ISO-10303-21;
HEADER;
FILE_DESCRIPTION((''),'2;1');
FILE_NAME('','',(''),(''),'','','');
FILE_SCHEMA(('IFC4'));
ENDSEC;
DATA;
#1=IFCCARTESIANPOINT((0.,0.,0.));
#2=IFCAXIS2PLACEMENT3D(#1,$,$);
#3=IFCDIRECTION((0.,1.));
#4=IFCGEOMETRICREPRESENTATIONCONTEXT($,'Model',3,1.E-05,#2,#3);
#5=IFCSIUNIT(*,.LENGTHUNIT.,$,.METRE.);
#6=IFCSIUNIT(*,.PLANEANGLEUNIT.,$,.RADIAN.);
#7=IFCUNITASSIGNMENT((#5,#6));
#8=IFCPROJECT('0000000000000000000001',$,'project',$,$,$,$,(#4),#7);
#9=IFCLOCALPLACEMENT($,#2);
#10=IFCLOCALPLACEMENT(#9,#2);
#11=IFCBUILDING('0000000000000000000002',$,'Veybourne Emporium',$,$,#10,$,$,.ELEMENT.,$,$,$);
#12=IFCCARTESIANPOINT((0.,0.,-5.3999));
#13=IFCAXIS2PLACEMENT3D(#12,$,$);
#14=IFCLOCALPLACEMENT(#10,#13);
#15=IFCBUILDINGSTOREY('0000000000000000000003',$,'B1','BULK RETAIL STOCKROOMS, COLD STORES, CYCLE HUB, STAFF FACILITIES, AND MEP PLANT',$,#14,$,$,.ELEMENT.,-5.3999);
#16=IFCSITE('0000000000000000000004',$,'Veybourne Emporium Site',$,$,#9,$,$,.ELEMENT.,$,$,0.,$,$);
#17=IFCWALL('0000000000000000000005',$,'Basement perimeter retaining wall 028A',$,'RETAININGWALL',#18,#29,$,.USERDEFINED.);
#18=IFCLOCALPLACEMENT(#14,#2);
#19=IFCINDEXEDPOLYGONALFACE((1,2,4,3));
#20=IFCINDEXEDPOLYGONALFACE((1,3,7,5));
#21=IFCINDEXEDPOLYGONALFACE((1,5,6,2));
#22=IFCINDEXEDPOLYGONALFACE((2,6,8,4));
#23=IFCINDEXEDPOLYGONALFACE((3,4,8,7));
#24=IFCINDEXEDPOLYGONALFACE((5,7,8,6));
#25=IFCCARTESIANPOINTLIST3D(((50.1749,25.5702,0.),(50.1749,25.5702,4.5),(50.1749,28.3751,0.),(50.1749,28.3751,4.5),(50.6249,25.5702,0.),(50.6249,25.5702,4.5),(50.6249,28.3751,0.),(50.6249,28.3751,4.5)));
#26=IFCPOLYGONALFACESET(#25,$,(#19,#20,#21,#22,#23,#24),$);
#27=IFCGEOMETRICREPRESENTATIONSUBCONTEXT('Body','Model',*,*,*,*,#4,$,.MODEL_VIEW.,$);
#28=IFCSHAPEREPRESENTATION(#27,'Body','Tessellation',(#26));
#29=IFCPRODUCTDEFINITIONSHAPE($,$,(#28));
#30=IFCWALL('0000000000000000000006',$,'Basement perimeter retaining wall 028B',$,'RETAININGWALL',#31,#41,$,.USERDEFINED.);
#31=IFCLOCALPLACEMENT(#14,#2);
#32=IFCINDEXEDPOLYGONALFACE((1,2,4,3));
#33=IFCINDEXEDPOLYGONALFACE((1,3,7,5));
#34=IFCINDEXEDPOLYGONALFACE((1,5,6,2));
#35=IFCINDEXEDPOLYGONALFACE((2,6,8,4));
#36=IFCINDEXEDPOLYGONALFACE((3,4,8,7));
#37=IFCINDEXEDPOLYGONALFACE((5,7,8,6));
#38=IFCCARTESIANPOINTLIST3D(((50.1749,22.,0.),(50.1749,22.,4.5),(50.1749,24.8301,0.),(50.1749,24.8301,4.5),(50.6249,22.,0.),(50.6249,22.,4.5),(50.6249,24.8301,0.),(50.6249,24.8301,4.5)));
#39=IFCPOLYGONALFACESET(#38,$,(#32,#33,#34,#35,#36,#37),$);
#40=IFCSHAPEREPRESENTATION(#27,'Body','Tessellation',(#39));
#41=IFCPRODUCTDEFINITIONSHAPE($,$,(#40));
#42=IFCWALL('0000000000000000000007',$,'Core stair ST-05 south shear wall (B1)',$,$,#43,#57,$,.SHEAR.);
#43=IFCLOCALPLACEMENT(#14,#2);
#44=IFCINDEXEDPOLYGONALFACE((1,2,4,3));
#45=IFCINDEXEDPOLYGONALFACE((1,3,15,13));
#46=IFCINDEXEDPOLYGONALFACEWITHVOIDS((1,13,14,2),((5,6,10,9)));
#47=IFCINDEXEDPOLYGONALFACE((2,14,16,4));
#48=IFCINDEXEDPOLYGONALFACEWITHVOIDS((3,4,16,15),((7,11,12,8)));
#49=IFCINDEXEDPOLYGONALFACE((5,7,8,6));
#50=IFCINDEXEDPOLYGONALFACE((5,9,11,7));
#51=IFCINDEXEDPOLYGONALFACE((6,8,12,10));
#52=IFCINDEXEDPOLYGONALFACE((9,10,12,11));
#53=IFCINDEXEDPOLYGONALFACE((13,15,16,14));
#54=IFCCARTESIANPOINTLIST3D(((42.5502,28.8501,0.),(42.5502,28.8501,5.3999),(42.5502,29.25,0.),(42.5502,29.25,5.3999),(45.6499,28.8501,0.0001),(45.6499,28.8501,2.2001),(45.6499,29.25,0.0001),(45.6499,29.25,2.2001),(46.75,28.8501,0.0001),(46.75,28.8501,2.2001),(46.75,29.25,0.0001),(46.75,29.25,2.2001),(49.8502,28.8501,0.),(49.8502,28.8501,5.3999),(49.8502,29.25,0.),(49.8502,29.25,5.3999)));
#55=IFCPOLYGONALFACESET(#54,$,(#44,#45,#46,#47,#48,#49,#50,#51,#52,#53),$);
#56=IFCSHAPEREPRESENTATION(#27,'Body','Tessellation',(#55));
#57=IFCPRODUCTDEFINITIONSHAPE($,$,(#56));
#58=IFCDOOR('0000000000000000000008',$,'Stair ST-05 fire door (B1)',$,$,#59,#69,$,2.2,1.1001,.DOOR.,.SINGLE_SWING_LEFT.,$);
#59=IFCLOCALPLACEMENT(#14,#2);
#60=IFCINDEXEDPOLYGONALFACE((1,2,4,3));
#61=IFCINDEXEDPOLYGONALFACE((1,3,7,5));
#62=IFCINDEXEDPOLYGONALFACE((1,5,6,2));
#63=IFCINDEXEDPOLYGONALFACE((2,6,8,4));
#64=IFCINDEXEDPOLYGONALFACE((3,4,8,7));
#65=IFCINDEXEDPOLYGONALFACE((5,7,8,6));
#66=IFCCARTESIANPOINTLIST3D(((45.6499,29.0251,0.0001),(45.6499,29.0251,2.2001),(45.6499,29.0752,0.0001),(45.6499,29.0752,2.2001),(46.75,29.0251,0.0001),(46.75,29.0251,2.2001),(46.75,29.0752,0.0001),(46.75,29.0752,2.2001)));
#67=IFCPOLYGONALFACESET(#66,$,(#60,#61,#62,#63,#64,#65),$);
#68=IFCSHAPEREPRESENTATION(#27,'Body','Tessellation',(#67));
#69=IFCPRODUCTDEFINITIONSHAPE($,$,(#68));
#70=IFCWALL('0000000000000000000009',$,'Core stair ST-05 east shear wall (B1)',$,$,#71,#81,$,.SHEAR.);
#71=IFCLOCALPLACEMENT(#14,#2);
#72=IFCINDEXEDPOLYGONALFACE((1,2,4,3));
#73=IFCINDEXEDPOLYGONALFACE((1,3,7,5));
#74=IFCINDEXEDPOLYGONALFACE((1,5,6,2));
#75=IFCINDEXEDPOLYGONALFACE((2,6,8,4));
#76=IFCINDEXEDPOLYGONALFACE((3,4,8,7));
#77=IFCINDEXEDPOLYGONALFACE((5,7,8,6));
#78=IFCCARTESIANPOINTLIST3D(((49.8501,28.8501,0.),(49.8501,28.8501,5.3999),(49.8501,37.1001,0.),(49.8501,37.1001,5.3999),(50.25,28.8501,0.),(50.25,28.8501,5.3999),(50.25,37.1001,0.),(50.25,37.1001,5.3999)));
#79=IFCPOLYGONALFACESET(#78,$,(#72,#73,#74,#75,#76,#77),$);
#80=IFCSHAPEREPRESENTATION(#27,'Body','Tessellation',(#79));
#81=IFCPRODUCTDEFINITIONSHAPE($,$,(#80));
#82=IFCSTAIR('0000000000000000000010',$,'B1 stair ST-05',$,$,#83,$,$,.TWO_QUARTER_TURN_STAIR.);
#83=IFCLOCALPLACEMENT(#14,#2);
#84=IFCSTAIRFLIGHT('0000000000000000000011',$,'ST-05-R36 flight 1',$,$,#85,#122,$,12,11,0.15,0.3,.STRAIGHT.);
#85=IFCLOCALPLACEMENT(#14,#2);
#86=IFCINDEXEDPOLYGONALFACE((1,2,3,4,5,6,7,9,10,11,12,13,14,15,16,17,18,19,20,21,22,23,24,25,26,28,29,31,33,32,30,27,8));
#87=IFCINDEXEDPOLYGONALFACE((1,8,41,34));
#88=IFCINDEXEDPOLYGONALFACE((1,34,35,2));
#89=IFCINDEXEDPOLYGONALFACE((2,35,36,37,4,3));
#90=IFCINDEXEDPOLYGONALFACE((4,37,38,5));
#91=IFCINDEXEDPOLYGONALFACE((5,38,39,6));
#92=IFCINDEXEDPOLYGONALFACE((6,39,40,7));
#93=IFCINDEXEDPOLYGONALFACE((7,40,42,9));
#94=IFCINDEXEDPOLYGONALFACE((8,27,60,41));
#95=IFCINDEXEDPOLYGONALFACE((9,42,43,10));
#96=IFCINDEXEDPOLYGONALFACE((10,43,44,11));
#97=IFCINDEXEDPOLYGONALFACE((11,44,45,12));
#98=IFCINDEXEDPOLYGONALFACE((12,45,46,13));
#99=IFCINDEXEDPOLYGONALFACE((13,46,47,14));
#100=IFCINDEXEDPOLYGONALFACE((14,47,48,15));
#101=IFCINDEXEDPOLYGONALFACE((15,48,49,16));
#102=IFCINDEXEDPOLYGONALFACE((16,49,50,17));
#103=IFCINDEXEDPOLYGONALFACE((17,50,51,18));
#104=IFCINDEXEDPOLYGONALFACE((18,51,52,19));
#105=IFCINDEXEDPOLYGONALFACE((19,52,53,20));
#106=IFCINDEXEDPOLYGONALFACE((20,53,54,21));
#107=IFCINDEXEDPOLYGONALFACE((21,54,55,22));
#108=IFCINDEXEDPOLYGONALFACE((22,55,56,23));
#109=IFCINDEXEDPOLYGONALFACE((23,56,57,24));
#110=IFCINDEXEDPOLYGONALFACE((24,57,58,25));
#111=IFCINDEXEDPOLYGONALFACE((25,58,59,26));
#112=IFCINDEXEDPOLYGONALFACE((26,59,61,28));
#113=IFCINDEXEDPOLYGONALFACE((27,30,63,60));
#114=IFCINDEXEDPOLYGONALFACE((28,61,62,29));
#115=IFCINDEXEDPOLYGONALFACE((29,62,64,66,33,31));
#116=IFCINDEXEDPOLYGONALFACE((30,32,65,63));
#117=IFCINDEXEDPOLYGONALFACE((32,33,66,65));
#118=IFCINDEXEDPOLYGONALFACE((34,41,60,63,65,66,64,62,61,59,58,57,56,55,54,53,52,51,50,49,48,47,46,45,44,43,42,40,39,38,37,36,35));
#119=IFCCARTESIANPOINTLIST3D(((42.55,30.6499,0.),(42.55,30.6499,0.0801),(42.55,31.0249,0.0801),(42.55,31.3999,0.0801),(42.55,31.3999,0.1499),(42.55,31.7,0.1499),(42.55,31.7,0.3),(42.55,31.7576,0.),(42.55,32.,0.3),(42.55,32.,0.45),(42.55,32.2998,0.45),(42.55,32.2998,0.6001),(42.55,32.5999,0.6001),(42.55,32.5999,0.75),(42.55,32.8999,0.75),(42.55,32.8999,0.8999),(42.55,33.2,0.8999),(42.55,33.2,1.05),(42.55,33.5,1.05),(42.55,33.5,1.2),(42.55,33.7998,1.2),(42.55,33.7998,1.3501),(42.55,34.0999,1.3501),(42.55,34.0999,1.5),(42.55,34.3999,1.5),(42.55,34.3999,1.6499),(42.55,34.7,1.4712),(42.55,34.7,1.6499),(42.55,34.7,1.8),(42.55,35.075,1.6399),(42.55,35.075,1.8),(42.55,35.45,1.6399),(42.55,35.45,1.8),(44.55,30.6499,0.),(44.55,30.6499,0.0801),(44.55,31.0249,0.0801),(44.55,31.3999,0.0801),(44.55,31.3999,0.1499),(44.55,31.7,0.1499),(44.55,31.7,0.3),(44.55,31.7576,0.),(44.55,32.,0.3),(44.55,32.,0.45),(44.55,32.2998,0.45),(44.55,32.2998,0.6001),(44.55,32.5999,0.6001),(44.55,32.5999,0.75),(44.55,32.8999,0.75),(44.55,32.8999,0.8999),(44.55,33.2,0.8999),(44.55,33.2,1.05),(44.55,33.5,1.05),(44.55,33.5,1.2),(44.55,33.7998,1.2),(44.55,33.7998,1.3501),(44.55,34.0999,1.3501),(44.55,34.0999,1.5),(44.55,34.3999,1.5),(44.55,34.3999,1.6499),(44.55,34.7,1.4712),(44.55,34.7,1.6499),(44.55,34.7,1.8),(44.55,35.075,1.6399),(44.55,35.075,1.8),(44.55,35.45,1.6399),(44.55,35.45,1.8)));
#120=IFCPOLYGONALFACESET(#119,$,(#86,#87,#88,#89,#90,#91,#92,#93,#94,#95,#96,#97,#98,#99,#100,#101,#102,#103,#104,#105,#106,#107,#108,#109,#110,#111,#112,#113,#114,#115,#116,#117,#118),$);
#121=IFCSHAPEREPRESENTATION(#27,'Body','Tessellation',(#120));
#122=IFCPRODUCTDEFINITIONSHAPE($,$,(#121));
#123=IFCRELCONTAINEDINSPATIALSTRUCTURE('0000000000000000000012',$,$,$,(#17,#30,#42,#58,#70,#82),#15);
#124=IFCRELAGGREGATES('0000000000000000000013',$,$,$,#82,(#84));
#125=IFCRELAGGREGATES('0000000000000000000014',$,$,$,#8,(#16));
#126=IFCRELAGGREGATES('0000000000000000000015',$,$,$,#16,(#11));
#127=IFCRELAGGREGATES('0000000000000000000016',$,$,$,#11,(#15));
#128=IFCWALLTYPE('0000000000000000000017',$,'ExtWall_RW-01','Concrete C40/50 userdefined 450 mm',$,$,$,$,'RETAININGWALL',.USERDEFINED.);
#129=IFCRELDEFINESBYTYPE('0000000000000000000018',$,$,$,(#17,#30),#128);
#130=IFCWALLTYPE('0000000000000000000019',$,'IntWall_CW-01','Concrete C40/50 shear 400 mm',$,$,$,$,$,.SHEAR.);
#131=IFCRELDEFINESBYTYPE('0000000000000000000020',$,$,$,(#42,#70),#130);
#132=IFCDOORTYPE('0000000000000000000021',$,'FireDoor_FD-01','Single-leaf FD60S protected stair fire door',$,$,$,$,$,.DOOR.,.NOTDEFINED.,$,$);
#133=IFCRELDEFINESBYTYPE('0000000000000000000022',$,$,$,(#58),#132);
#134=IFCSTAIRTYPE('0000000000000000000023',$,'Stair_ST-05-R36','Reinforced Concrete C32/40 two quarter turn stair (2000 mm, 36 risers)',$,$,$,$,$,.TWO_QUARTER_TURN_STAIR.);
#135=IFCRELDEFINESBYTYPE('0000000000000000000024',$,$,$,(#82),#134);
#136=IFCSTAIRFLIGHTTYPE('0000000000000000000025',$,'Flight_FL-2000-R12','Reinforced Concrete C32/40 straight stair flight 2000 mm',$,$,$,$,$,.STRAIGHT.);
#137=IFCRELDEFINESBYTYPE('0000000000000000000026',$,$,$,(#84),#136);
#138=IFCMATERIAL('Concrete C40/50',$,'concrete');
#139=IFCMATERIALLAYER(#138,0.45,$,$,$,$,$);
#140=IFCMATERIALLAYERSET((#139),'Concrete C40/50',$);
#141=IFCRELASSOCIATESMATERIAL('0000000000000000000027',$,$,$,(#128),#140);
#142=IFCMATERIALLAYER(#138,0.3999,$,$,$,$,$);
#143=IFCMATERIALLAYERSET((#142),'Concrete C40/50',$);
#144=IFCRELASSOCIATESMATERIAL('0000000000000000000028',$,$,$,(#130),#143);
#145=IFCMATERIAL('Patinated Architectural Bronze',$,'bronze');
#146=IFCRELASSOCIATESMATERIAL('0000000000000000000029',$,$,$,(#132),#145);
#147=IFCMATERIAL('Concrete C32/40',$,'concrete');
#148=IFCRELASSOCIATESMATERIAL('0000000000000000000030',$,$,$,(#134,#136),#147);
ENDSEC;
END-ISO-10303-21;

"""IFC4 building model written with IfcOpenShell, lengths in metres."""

from ifc_helpers import new_model, si_unit, direction, frame, frame_2d, origin, place, context, subcontext, project, spatial, polyline, rectangle, outline, extrude, material, layer, layer_set, type_object, element, fill, aggregate, save


model = new_model("IFC4")

# Units and contexts
model_context = context("Model", 3, precision=1e-05, world=origin(), true_north=direction((0.0, 1.0)))
body_context = subcontext(model_context, "Body", "Model", "MODEL_VIEW")
ifc_project = project(units=[si_unit("LENGTHUNIT", "METRE"), si_unit("PLANEANGLEUNIT", "RADIAN")], contexts=[model_context])

# Site, building, storey
site_placement = place(None, origin())
site = spatial("IfcSite", under=ifc_project, at=site_placement, Name="Veybourne Emporium Site", CompositionType="ELEMENT", RefElevation=0.0)
building_placement = place(site_placement, origin())
building = spatial("IfcBuilding", under=site, at=building_placement, Name="Veybourne Emporium", CompositionType="ELEMENT")
storey_placement = place(building_placement, frame((0.0, 0.0, -5.3999)))
storey = spatial("IfcBuildingStorey", under=building, at=storey_placement, Name="B1", Description="BULK RETAIL STOCKROOMS, COLD STORES, CYCLE HUB, STAFF FACILITIES, AND MEP PLANT", CompositionType="ELEMENT", Elevation=-5.3999)

# Shared definitions
ifc_material_1 = material(Name="Concrete C40/50", Category="concrete")

# Shared definitions
ifc_material_2 = material(Name="Concrete C32/40", Category="concrete")

# Walls
ifc_layer_1 = layer(ifc_material_1, 0.45)
ifc_layer_set_1 = layer_set([ifc_layer_1], Name="Concrete C40/50")
wall_type_1 = type_object("IfcWallType", Name="ExtWall_RW-01", Description="Concrete C40/50 userdefined 450 mm", ElementType="RETAININGWALL", PredefinedType="USERDEFINED", material=ifc_layer_set_1)
wall_1_placement = place(storey_placement, frame((50.3999, 28.375, 0.0), z_axis=(0.0, 0.0, 1.0), x_axis=(0.0, -1.0, 0.0)))
element("IfcWall", 1, at=wall_1_placement, inside=storey, type_object=wall_type_1, Name="Basement perimeter retaining wall 028A", ObjectType="RETAININGWALL", PredefinedType="USERDEFINED", context=body_context, shape_type="SweptSolid", body=[
    extrude(rectangle(XDim=2.8049, YDim=0.45, at=frame_2d((1.4023, 0.0))), origin(), (0.0, 0.0, 1.0), 4.5),
])
wall_2_placement = place(storey_placement, frame((50.3999, 24.8301, 0.0), z_axis=(0.0, 0.0, 1.0), x_axis=(0.0, -1.0, 0.0)))
element("IfcWall", 2, at=wall_2_placement, inside=storey, type_object=wall_type_1, Name="Basement perimeter retaining wall 028B", ObjectType="RETAININGWALL", PredefinedType="USERDEFINED", context=body_context, shape_type="SweptSolid", body=[
    extrude(rectangle(XDim=2.8301, YDim=0.45, at=frame_2d((1.415, 0.0))), origin(), (0.0, 0.0, 1.0), 4.5),
])

# Wall, opening, door
ifc_layer_2 = layer(ifc_material_1, 0.3999)
ifc_layer_set_2 = layer_set([ifc_layer_2], Name="Concrete C40/50")
wall_type_2 = type_object("IfcWallType", Name="IntWall_CW-01", Description="Concrete C40/50 shear 400 mm", PredefinedType="SHEAR", material=ifc_layer_set_2)
wall_3_placement = place(storey_placement, frame((49.8501, 29.05, 0.0), z_axis=(0.0, 0.0, 1.0), x_axis=(-1.0, 0.0, 0.0)))
wall_3 = element("IfcWall", 3, at=wall_3_placement, inside=storey, type_object=wall_type_2, Name="Core stair ST-05 south shear wall (B1)", PredefinedType="SHEAR", context=body_context, shape_type="SweptSolid", body=[
    extrude(rectangle(XDim=7.3, YDim=0.3999, at=frame_2d((3.6499, 0.0))), origin(), (0.0, 0.0, 1.0), 5.3999),
])
opening_placement = place(wall_3_placement, frame((3.1001, 0.0, 0.0)))
opening = element("IfcOpeningElement", 4, at=opening_placement, cuts=wall_3, PredefinedType="OPENING", context=body_context, shape_type="SweptSolid", body=[
    extrude(rectangle(XDim=1.1001, YDim=2.2, at=frame_2d((0.55, 1.1001))), frame((0.0, 0.22, 0.0), z_axis=(0.0, -1.0, 0.0), x_axis=(1.0, 0.0, 0.0)), (0.0, 0.0, 1.0), 0.4399),
])
ifc_material_3 = material(Name="Patinated Architectural Bronze", Category="bronze")
door_type = type_object("IfcDoorType", Name="FireDoor_FD-01", Description="Single-leaf FD60S protected stair fire door", OperationType="NOTDEFINED", PredefinedType="DOOR", material=ifc_material_3)
door_placement = place(opening_placement, origin())
door = element("IfcDoor", 5, at=door_placement, inside=storey, type_object=door_type, Name="Stair ST-05 fire door (B1)", OperationType="SINGLE_SWING_LEFT", OverallHeight=2.2, OverallWidth=1.1001, PredefinedType="DOOR", context=body_context, shape_type="SweptSolid", body=[
    extrude(rectangle(XDim=1.1001, YDim=2.2, at=frame_2d((0.55, 1.1001))), frame((0.0, 0.0249, 0.0), z_axis=(0.0, -1.0, 0.0), x_axis=(1.0, 0.0, 0.0)), (0.0, 0.0, 1.0), 0.05),
])
fill(opening, door)

# Wall
wall_4_placement = place(storey_placement, frame((50.05, 28.8501, 0.0), z_axis=(0.0, 0.0, 1.0), x_axis=(0.0, 1.0, 0.0)))
element("IfcWall", 6, at=wall_4_placement, inside=storey, type_object=wall_type_2, Name="Core stair ST-05 east shear wall (B1)", PredefinedType="SHEAR", context=body_context, shape_type="SweptSolid", body=[
    extrude(rectangle(XDim=8.25, YDim=0.3999, at=frame_2d((4.125, 0.0))), origin(), (0.0, 0.0, 1.0), 5.3999),
])

# Stair, stair flight
stair_type = type_object("IfcStairType", Name="Stair_ST-05-R36", Description="Reinforced Concrete C32/40 two quarter turn stair (2000 mm, 36 risers)", PredefinedType="TWO_QUARTER_TURN_STAIR", material=ifc_material_2)
stair_placement = place(storey_placement, origin())
stair = element("IfcStair", 7, at=stair_placement, inside=storey, type_object=stair_type, Name="B1 stair ST-05", PredefinedType="TWO_QUARTER_TURN_STAIR")
stair_flight_type = type_object("IfcStairFlightType", Name="Flight_FL-2000-R12", Description="Reinforced Concrete C32/40 straight stair flight 2000 mm", PredefinedType="STRAIGHT", material=ifc_material_2)
stair_flight_placement = place(storey_placement, frame((43.55, 31.3999, 0.0), z_axis=(0.0, 0.0, 1.0), x_axis=(0.0, 1.0, 0.0)))
stair_flight = element("IfcStairFlight", 8, at=stair_flight_placement, type_object=stair_flight_type, Name="ST-05-R36 flight 1", NumberOfRisers=12, NumberOfTreads=11, PredefinedType="STRAIGHT", RiserHeight=0.15, TreadLength=0.3, context=body_context, shape_type="SweptSolid", body=[
    extrude(outline(polyline([(-0.75, 0.0), (-0.75, 0.0801), (-0.375, 0.0801), (0.0, 0.0801), (0.0, 0.1499), (0.3, 0.1499), (0.3, 0.3), (0.6001, 0.3), (0.6001, 0.45), (0.8999, 0.45), (0.8999, 0.6001), (1.2, 0.6001), (1.2, 0.75), (1.5, 0.75), (1.5, 0.8999), (1.8, 0.8999), (1.8, 1.05), (2.1001, 1.05), (2.1001, 1.2), (2.3999, 1.2), (2.3999, 1.3501), (2.7, 1.3501), (2.7, 1.5), (3.0, 1.5), (3.0, 1.6499), (3.3, 1.6499), (3.3, 1.8), (3.675, 1.8), (4.05, 1.8), (4.05, 1.6399), (3.675, 1.6399), (3.3, 1.4712), (0.3577, 0.0), (-0.75, 0.0)])), frame((0.0, 1.0, 0.0), z_axis=(0.0, -1.0, 0.0), x_axis=(1.0, 0.0, 0.0)), (0.0, 0.0, 1.0), 2.0),
])
aggregate(stair, [stair_flight])

save(model, "model.ifc")
